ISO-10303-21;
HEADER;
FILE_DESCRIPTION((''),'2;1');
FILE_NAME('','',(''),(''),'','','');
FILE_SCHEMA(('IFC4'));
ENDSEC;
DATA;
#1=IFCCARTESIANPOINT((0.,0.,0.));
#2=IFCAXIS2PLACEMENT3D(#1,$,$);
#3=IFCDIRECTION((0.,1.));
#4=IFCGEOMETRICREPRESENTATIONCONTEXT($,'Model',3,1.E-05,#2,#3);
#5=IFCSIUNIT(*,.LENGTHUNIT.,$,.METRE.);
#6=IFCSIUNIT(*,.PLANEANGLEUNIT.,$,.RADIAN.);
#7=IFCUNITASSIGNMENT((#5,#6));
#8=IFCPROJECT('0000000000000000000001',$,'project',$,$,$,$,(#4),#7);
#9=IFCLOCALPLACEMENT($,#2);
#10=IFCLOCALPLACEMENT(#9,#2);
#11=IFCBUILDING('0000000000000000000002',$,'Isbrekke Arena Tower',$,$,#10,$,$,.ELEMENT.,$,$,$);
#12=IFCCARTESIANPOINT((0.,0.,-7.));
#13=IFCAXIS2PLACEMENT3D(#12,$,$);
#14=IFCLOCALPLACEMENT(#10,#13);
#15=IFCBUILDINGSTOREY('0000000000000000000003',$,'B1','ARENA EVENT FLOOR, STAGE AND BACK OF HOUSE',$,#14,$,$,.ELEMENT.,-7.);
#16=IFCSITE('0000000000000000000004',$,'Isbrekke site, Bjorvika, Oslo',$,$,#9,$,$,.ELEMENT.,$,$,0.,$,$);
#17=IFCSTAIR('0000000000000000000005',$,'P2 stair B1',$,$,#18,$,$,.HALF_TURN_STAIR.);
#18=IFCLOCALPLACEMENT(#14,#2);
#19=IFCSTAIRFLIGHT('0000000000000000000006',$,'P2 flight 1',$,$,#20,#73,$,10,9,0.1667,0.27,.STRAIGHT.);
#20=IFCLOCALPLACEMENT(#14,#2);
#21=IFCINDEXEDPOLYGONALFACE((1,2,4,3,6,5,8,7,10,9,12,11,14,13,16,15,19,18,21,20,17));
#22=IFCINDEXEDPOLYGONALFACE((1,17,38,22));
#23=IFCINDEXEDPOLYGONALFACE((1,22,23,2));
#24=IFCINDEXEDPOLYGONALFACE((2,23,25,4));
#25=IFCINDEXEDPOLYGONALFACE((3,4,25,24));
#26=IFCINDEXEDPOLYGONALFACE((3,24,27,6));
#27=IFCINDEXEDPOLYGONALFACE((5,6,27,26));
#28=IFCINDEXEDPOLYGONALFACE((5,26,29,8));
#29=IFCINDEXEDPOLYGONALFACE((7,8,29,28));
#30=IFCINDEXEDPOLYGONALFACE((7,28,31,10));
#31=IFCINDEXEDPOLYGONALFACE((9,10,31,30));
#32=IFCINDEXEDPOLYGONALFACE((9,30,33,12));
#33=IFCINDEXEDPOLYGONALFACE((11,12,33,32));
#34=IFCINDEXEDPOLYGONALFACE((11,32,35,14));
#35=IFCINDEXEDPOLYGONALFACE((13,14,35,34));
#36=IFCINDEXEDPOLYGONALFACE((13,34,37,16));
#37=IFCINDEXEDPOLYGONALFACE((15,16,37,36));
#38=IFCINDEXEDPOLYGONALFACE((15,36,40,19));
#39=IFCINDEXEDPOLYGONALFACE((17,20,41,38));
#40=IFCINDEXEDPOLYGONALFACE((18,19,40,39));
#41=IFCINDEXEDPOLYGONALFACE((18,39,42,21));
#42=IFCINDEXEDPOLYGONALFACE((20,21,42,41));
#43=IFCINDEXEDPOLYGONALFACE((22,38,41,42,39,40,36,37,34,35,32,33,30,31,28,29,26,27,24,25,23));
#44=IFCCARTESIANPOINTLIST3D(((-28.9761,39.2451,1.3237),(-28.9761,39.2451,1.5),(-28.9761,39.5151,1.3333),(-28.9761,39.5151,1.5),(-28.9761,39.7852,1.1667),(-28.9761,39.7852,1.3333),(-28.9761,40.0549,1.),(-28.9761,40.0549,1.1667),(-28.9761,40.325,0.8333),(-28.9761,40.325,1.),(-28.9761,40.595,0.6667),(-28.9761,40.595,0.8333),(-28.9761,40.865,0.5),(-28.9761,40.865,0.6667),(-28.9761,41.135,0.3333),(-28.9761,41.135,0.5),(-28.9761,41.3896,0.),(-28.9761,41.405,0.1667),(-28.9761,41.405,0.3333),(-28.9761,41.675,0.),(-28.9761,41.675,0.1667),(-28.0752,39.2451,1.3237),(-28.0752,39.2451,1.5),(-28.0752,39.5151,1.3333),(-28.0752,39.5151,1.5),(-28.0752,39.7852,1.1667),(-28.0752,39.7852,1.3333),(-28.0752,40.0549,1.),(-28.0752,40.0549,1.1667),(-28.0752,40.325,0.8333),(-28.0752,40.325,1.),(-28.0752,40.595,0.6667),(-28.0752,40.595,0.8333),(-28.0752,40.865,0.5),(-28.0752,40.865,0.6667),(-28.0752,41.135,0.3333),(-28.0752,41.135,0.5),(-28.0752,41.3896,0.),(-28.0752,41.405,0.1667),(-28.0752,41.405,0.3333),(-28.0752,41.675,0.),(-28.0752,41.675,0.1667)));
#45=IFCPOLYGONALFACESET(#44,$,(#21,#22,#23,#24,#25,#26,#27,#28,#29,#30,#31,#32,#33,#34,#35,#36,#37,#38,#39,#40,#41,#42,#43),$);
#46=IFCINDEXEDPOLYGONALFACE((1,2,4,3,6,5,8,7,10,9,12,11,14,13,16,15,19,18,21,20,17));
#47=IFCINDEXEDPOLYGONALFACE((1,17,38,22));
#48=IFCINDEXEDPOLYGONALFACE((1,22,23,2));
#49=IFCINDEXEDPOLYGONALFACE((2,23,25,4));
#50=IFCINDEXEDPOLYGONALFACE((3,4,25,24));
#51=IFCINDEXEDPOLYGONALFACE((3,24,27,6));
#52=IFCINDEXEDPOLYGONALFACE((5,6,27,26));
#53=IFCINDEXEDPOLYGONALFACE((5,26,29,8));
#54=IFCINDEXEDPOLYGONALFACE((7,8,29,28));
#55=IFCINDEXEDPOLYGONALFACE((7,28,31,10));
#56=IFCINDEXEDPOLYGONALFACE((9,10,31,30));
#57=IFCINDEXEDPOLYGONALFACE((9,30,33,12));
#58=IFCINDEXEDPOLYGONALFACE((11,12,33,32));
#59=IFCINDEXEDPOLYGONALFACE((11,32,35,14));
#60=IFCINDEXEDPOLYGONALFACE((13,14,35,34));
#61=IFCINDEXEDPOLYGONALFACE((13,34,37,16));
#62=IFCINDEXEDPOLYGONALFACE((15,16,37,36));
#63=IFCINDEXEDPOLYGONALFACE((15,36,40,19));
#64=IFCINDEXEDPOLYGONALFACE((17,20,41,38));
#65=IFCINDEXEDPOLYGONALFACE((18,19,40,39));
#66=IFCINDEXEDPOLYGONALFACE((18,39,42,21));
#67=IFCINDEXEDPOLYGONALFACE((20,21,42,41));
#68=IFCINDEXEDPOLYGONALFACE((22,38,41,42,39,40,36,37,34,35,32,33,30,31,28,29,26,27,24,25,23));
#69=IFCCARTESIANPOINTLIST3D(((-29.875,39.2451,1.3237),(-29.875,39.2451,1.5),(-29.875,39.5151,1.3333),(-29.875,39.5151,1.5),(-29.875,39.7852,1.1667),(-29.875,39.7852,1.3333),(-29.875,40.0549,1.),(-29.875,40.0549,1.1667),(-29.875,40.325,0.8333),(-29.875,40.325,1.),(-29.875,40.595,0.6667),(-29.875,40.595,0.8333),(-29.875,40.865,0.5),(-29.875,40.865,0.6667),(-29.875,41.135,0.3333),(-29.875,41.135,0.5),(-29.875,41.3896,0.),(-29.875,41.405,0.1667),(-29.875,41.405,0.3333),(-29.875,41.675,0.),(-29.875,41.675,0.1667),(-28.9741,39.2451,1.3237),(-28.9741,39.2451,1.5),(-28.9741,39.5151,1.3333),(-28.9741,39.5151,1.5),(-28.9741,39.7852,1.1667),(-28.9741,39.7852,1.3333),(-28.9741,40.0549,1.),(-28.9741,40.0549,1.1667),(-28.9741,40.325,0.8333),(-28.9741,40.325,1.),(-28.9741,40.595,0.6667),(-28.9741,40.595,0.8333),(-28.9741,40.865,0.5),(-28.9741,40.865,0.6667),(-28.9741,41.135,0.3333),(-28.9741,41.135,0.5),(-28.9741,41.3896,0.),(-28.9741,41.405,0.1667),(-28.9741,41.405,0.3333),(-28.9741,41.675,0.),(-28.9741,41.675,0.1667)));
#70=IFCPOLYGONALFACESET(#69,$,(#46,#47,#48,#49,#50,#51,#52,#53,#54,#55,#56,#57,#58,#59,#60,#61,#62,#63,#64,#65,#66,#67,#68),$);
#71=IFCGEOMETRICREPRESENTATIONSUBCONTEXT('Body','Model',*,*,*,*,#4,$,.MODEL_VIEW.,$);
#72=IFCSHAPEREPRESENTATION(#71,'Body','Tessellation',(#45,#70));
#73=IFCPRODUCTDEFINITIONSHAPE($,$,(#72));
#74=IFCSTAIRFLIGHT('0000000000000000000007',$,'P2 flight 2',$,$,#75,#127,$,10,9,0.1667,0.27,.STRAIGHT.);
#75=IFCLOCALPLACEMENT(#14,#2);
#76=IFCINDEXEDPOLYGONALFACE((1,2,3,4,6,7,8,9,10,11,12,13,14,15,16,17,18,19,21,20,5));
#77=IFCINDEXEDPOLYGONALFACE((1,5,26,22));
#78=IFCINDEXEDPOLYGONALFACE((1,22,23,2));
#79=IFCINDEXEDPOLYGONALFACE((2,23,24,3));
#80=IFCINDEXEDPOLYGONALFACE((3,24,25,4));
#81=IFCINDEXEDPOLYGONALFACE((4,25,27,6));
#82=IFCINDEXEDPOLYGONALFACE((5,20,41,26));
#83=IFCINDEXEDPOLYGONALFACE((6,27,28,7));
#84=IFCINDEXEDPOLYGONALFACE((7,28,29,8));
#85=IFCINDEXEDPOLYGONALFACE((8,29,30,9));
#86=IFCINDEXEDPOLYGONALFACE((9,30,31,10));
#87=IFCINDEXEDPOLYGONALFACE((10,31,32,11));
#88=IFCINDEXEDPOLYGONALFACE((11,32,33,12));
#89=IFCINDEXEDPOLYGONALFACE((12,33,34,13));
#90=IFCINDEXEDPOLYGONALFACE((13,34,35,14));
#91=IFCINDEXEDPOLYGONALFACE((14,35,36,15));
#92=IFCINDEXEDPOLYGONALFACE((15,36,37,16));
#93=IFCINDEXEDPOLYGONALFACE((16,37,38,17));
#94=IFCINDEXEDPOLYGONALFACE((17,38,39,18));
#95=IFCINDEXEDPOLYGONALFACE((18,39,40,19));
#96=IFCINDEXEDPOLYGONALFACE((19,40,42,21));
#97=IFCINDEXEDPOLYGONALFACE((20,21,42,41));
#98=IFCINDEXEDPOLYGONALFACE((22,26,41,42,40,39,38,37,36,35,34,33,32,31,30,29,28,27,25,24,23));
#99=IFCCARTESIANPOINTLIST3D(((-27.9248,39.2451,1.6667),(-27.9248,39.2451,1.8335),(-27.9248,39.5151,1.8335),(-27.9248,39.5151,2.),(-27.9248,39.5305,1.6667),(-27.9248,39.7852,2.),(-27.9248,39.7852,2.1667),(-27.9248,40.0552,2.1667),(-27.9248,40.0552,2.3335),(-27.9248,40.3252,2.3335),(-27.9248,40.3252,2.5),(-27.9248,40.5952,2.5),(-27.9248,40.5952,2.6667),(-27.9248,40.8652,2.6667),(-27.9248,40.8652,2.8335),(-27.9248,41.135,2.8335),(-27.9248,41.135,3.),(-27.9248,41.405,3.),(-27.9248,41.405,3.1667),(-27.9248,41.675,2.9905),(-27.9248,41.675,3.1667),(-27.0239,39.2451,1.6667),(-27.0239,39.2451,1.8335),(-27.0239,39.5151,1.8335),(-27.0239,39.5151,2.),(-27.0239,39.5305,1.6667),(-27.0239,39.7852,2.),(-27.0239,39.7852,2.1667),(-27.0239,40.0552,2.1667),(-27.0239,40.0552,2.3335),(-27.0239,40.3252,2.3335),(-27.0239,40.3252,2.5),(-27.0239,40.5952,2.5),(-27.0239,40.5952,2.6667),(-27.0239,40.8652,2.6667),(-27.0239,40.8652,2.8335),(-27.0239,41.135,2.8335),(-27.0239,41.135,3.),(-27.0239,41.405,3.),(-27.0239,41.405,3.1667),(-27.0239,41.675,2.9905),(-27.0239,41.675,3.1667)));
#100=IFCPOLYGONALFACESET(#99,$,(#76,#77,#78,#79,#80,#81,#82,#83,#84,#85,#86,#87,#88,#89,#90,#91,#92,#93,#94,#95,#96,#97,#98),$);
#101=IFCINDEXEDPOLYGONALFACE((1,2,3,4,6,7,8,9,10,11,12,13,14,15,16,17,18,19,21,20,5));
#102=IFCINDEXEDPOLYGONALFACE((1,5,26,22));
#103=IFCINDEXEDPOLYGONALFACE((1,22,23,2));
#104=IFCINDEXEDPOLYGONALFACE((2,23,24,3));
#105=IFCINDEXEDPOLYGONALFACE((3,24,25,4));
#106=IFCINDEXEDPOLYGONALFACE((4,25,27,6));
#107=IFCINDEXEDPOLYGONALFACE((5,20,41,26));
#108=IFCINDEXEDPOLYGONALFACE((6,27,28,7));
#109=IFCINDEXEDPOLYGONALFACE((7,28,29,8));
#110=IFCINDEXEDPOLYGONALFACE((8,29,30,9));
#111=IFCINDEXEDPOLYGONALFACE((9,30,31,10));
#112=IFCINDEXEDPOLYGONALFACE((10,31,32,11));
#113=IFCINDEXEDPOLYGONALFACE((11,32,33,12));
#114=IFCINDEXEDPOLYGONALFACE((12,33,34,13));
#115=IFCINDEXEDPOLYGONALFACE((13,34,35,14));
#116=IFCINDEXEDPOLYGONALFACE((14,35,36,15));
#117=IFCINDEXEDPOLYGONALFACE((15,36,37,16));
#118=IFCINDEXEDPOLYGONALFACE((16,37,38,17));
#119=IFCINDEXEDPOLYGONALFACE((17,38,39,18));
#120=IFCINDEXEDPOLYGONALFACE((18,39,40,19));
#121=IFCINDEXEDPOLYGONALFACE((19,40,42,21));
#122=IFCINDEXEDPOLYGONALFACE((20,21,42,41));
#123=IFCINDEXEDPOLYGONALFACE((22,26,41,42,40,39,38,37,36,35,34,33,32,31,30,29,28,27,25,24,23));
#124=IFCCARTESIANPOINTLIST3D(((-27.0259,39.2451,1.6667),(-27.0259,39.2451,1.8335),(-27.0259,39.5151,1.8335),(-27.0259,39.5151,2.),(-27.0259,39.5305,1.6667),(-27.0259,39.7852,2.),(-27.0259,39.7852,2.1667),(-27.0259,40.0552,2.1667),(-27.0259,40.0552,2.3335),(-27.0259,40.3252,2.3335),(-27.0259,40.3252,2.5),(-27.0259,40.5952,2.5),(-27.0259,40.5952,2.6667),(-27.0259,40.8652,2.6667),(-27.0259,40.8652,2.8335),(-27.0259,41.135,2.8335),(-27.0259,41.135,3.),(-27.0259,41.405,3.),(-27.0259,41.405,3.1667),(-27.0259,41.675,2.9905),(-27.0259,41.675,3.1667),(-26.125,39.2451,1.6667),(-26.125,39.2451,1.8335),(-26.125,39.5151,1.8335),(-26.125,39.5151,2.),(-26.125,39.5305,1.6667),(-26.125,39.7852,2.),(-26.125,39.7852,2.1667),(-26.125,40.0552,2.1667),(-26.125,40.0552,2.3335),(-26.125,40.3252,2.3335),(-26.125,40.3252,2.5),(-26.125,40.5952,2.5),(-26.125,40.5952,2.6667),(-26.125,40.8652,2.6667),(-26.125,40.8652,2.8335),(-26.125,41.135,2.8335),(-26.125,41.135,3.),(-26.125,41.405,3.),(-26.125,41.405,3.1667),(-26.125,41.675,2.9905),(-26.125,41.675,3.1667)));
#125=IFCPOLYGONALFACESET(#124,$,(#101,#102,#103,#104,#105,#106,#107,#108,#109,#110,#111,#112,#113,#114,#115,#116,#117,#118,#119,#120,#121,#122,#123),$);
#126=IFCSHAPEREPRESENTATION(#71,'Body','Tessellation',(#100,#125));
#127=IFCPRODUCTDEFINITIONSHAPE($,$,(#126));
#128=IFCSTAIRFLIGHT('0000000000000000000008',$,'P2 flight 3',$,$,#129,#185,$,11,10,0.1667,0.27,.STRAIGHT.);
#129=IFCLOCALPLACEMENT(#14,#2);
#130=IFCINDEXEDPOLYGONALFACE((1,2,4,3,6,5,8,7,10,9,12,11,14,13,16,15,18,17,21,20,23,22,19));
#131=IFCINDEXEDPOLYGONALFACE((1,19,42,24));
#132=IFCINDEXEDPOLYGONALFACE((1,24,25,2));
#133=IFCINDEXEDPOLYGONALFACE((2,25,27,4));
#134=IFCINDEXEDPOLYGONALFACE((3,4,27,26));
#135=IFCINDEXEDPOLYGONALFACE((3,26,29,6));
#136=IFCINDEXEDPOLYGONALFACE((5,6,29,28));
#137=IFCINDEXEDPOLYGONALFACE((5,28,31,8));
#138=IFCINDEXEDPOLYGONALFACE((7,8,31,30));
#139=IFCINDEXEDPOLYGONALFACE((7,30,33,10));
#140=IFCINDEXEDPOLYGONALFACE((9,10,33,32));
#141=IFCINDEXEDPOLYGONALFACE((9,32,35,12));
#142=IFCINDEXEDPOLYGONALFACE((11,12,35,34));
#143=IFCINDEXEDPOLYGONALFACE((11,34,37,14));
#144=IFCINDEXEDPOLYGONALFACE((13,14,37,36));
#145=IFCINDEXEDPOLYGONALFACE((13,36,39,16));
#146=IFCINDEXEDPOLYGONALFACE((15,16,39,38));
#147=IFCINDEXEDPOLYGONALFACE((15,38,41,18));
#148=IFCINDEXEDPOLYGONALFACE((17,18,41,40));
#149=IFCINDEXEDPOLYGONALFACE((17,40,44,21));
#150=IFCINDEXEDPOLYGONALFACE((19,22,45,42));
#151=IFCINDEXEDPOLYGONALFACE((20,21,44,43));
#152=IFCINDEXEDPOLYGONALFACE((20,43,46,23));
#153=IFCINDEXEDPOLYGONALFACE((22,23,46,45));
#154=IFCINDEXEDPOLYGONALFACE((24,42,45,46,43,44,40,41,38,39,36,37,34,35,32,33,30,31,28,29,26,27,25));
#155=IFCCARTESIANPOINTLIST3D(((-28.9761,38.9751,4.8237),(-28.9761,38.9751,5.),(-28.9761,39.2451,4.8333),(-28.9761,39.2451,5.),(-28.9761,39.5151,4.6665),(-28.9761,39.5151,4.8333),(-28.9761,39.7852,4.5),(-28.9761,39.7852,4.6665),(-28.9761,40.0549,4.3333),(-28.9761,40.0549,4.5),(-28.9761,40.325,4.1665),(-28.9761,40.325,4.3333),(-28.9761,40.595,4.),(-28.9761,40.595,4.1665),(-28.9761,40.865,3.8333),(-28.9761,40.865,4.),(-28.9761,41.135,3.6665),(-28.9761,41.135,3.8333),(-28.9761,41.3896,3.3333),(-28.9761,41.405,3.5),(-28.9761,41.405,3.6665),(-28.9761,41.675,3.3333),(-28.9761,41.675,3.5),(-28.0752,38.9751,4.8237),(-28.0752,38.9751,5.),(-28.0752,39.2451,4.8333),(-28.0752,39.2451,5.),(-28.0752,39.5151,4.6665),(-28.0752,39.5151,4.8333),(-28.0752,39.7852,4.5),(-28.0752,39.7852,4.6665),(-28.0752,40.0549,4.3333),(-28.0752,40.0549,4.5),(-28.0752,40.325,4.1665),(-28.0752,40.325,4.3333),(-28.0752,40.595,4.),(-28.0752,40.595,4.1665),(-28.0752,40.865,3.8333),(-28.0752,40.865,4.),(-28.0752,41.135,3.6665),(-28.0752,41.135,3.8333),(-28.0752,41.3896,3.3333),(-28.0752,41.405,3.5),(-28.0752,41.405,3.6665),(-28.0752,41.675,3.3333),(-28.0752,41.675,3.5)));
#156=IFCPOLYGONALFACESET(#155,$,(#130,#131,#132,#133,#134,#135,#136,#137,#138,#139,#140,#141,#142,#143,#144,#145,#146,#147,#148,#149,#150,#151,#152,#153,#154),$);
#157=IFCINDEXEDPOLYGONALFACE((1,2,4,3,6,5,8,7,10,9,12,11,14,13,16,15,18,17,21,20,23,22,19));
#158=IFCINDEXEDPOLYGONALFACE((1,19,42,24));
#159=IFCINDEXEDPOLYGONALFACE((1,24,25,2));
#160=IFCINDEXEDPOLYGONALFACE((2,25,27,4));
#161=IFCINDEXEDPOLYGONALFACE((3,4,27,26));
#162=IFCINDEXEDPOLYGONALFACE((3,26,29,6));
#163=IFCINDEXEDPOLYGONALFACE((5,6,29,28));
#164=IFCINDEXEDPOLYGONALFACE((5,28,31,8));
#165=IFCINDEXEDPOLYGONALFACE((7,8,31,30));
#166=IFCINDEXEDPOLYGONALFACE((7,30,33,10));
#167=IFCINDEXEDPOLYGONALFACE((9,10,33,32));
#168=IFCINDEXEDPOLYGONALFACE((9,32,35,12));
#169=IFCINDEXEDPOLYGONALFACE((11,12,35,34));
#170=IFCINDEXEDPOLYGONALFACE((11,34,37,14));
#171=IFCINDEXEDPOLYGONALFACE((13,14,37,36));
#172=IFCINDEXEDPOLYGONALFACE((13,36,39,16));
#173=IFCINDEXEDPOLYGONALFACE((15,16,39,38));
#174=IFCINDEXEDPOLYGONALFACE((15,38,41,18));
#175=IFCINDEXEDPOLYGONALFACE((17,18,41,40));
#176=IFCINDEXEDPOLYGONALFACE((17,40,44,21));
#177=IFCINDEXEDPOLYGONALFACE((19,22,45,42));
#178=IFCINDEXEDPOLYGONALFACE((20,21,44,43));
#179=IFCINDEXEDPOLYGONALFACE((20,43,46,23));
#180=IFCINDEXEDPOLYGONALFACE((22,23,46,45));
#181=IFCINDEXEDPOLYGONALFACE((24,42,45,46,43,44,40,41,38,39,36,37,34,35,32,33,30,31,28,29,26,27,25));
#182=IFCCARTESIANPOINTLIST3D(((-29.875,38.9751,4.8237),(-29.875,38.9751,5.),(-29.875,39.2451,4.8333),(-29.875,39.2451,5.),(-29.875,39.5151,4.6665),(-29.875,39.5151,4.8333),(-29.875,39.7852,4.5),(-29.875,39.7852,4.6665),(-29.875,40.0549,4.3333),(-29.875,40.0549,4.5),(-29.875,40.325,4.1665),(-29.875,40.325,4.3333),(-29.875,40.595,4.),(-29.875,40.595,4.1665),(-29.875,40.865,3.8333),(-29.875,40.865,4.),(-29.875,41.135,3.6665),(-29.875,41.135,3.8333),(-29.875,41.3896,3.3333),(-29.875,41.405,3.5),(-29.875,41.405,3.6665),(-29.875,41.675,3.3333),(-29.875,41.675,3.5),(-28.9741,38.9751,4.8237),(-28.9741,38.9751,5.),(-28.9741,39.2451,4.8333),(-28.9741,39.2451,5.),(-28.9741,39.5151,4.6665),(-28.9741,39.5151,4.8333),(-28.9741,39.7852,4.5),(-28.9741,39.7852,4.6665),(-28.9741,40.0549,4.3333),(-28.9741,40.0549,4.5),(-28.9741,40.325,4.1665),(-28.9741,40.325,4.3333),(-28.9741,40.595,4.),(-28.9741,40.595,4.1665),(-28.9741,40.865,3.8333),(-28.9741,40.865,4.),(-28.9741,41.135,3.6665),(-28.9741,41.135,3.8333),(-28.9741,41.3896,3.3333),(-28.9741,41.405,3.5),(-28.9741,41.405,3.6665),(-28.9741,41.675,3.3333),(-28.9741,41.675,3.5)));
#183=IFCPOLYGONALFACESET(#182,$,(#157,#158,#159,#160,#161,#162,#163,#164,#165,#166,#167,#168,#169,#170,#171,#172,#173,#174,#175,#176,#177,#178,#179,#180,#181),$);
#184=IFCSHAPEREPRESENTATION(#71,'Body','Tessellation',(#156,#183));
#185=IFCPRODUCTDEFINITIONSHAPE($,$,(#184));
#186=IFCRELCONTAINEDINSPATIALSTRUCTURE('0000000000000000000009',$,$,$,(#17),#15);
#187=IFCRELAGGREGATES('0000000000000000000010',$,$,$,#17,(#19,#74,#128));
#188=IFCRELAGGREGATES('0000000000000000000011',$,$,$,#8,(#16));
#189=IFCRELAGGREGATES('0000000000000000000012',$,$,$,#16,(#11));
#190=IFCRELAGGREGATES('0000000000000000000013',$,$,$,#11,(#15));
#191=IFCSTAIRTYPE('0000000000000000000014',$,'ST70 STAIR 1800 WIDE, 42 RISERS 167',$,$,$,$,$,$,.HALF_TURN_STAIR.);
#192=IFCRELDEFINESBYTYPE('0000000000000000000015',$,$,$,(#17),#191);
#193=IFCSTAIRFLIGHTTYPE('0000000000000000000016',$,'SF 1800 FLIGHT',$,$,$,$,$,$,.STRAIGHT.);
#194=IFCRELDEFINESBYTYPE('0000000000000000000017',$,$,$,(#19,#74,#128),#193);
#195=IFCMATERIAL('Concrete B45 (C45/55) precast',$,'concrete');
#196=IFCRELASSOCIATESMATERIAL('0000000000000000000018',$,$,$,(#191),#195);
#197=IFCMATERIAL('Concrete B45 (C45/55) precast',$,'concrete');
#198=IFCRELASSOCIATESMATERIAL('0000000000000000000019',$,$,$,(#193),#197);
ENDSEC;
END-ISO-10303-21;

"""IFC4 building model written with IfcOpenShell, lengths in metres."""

from ifc_helpers import new_model, si_unit, direction, frame, origin, place, context, subcontext, project, spatial, polyline, outline, extrude, material, type_object, element, aggregate, save


model = new_model("IFC4")

# Units and contexts
model_context = context("Model", 3, precision=1e-05, world=origin(), true_north=direction((0.0, 1.0)))
body_context = subcontext(model_context, "Body", "Model", "MODEL_VIEW")
ifc_project = project(units=[si_unit("LENGTHUNIT", "METRE"), si_unit("PLANEANGLEUNIT", "RADIAN")], contexts=[model_context])

# Site, building, storey
site_placement = place(None, origin())
site = spatial("IfcSite", under=ifc_project, at=site_placement, Name="Isbrekke site, Bjorvika, Oslo", CompositionType="ELEMENT", RefElevation=0.0)
building_placement = place(site_placement, origin())
building = spatial("IfcBuilding", under=site, at=building_placement, Name="Isbrekke Arena Tower", CompositionType="ELEMENT")
storey_placement = place(building_placement, frame((0.0, 0.0, -7.0)))
storey = spatial("IfcBuildingStorey", under=building, at=storey_placement, Name="B1", Description="ARENA EVENT FLOOR, STAGE AND BACK OF HOUSE", CompositionType="ELEMENT", Elevation=-7.0)

# Stair, stair flights
ifc_material_1 = material(Name="Concrete B45 (C45/55) precast", Category="concrete")
stair_type = type_object("IfcStairType", Name="ST70 STAIR 1800 WIDE, 42 RISERS 167", PredefinedType="HALF_TURN_STAIR", material=ifc_material_1)
stair_placement = place(storey_placement, origin())
stair = element("IfcStair", 1, at=stair_placement, inside=storey, type_object=stair_type, Name="P2 stair B1", PredefinedType="HALF_TURN_STAIR")
ifc_material_2 = material(Name="Concrete B45 (C45/55) precast", Category="concrete")
stair_flight_type = type_object("IfcStairFlightType", Name="SF 1800 FLIGHT", PredefinedType="STRAIGHT", material=ifc_material_2)
stair_flight_1_placement = place(storey_placement, frame((-28.9751, 41.675, 0.0), z_axis=(0.0, 0.0, 1.0), x_axis=(0.0, -1.0, 0.0)))
stair_flight_1 = element("IfcStairFlight", 2, at=stair_flight_1_placement, type_object=stair_flight_type, Name="P2 flight 1", NumberOfRisers=10, NumberOfTreads=9, PredefinedType="STRAIGHT", RiserHeight=0.1667, TreadLength=0.27, context=body_context, shape_type="SweptSolid", body=[
    extrude(outline(polyline([(0.0, 0.0), (0.0, 0.1667), (0.27, 0.1667), (0.27, 0.3333), (0.54, 0.3333), (0.54, 0.5), (0.8101, 0.5), (0.8101, 0.6667), (1.0801, 0.6667), (1.0801, 0.8333), (1.3501, 0.8333), (1.3501, 1.0), (1.6201, 1.0), (1.6201, 1.1667), (1.8899, 1.1667), (1.8899, 1.3333), (2.1599, 1.3333), (2.1599, 1.5), (2.4299, 1.5), (2.4299, 1.6667), (2.4299, 1.3237), (0.2854, 0.0), (0.0, 0.0)])), frame((0.0, 0.8999, 0.0), z_axis=(0.0, -1.0, 0.0), x_axis=(1.0, 0.0, 0.0)), (0.0, 0.0, 1.0), 0.9009),
    extrude(outline(polyline([(0.0, 0.0), (0.0, 0.1667), (0.27, 0.1667), (0.27, 0.3333), (0.54, 0.3333), (0.54, 0.5), (0.8101, 0.5), (0.8101, 0.6667), (1.0801, 0.6667), (1.0801, 0.8333), (1.3501, 0.8333), (1.3501, 1.0), (1.6201, 1.0), (1.6201, 1.1667), (1.8899, 1.1667), (1.8899, 1.3333), (2.1599, 1.3333), (2.1599, 1.5), (2.4299, 1.5), (2.4299, 1.6667), (2.4299, 1.3237), (0.2854, 0.0), (0.0, 0.0)])), frame((0.0, 0.001, 0.0), z_axis=(0.0, -1.0, 0.0), x_axis=(1.0, 0.0, 0.0)), (0.0, 0.0, 1.0), 0.9009),
])
stair_flight_2_placement = place(storey_placement, frame((-27.0249, 39.2451, 1.6667), z_axis=(0.0, 0.0, 1.0), x_axis=(0.0, 1.0, 0.0)))
stair_flight_2 = element("IfcStairFlight", 3, at=stair_flight_2_placement, type_object=stair_flight_type, Name="P2 flight 2", NumberOfRisers=10, NumberOfTreads=9, PredefinedType="STRAIGHT", RiserHeight=0.1667, TreadLength=0.27, context=body_context, shape_type="SweptSolid", body=[
    extrude(outline(polyline([(0.0, 0.0), (0.0, 0.1667), (0.27, 0.1667), (0.27, 0.3333), (0.54, 0.3333), (0.54, 0.5), (0.8101, 0.5), (0.8101, 0.6667), (1.0801, 0.6667), (1.0801, 0.8333), (1.3501, 0.8333), (1.3501, 1.0), (1.6201, 1.0), (1.6201, 1.1667), (1.8899, 1.1667), (1.8899, 1.3333), (2.1599, 1.3333), (2.1599, 1.5), (2.4299, 1.5), (2.4299, 1.6667), (2.4299, 1.3237), (0.2854, 0.0), (0.0, 0.0)])), frame((0.0, 0.8999, 0.0), z_axis=(0.0, -1.0, 0.0), x_axis=(1.0, 0.0, 0.0)), (0.0, 0.0, 1.0), 0.9009),
    extrude(outline(polyline([(0.0, 0.0), (0.0, 0.1667), (0.27, 0.1667), (0.27, 0.3333), (0.54, 0.3333), (0.54, 0.5), (0.8101, 0.5), (0.8101, 0.6667), (1.0801, 0.6667), (1.0801, 0.8333), (1.3501, 0.8333), (1.3501, 1.0), (1.6201, 1.0), (1.6201, 1.1667), (1.8899, 1.1667), (1.8899, 1.3333), (2.1599, 1.3333), (2.1599, 1.5), (2.4299, 1.5), (2.4299, 1.6667), (2.4299, 1.3237), (0.2854, 0.0), (0.0, 0.0)])), frame((0.0, 0.001, 0.0), z_axis=(0.0, -1.0, 0.0), x_axis=(1.0, 0.0, 0.0)), (0.0, 0.0, 1.0), 0.9009),
])
stair_flight_3_placement = place(storey_placement, frame((-28.9751, 41.675, 3.3333), z_axis=(0.0, 0.0, 1.0), x_axis=(0.0, -1.0, 0.0)))
stair_flight_3 = element("IfcStairFlight", 4, at=stair_flight_3_placement, type_object=stair_flight_type, Name="P2 flight 3", NumberOfRisers=11, NumberOfTreads=10, PredefinedType="STRAIGHT", RiserHeight=0.1667, TreadLength=0.27, context=body_context, shape_type="SweptSolid", body=[
    extrude(outline(polyline([(0.0, 0.0), (0.0, 0.1667), (0.27, 0.1667), (0.27, 0.3333), (0.54, 0.3333), (0.54, 0.5), (0.8101, 0.5), (0.8101, 0.6667), (1.0801, 0.6667), (1.0801, 0.8333), (1.3501, 0.8333), (1.3501, 1.0), (1.6201, 1.0), (1.6201, 1.1667), (1.8899, 1.1667), (1.8899, 1.3333), (2.1599, 1.3333), (2.1599, 1.5), (2.4299, 1.5), (2.4299, 1.6667), (2.7, 1.6667), (2.7, 1.8333), (2.7, 1.4905), (0.2854, 0.0), (0.0, 0.0)])), frame((0.0, 0.8999, 0.0), z_axis=(0.0, -1.0, 0.0), x_axis=(1.0, 0.0, 0.0)), (0.0, 0.0, 1.0), 0.9009),
    extrude(outline(polyline([(0.0, 0.0), (0.0, 0.1667), (0.27, 0.1667), (0.27, 0.3333), (0.54, 0.3333), (0.54, 0.5), (0.8101, 0.5), (0.8101, 0.6667), (1.0801, 0.6667), (1.0801, 0.8333), (1.3501, 0.8333), (1.3501, 1.0), (1.6201, 1.0), (1.6201, 1.1667), (1.8899, 1.1667), (1.8899, 1.3333), (2.1599, 1.3333), (2.1599, 1.5), (2.4299, 1.5), (2.4299, 1.6667), (2.7, 1.6667), (2.7, 1.8333), (2.7, 1.4905), (0.2854, 0.0), (0.0, 0.0)])), frame((0.0, 0.001, 0.0), z_axis=(0.0, -1.0, 0.0), x_axis=(1.0, 0.0, 0.0)), (0.0, 0.0, 1.0), 0.9009),
])
aggregate(stair, [stair_flight_1, stair_flight_2, stair_flight_3])

save(model, "model.ifc")
